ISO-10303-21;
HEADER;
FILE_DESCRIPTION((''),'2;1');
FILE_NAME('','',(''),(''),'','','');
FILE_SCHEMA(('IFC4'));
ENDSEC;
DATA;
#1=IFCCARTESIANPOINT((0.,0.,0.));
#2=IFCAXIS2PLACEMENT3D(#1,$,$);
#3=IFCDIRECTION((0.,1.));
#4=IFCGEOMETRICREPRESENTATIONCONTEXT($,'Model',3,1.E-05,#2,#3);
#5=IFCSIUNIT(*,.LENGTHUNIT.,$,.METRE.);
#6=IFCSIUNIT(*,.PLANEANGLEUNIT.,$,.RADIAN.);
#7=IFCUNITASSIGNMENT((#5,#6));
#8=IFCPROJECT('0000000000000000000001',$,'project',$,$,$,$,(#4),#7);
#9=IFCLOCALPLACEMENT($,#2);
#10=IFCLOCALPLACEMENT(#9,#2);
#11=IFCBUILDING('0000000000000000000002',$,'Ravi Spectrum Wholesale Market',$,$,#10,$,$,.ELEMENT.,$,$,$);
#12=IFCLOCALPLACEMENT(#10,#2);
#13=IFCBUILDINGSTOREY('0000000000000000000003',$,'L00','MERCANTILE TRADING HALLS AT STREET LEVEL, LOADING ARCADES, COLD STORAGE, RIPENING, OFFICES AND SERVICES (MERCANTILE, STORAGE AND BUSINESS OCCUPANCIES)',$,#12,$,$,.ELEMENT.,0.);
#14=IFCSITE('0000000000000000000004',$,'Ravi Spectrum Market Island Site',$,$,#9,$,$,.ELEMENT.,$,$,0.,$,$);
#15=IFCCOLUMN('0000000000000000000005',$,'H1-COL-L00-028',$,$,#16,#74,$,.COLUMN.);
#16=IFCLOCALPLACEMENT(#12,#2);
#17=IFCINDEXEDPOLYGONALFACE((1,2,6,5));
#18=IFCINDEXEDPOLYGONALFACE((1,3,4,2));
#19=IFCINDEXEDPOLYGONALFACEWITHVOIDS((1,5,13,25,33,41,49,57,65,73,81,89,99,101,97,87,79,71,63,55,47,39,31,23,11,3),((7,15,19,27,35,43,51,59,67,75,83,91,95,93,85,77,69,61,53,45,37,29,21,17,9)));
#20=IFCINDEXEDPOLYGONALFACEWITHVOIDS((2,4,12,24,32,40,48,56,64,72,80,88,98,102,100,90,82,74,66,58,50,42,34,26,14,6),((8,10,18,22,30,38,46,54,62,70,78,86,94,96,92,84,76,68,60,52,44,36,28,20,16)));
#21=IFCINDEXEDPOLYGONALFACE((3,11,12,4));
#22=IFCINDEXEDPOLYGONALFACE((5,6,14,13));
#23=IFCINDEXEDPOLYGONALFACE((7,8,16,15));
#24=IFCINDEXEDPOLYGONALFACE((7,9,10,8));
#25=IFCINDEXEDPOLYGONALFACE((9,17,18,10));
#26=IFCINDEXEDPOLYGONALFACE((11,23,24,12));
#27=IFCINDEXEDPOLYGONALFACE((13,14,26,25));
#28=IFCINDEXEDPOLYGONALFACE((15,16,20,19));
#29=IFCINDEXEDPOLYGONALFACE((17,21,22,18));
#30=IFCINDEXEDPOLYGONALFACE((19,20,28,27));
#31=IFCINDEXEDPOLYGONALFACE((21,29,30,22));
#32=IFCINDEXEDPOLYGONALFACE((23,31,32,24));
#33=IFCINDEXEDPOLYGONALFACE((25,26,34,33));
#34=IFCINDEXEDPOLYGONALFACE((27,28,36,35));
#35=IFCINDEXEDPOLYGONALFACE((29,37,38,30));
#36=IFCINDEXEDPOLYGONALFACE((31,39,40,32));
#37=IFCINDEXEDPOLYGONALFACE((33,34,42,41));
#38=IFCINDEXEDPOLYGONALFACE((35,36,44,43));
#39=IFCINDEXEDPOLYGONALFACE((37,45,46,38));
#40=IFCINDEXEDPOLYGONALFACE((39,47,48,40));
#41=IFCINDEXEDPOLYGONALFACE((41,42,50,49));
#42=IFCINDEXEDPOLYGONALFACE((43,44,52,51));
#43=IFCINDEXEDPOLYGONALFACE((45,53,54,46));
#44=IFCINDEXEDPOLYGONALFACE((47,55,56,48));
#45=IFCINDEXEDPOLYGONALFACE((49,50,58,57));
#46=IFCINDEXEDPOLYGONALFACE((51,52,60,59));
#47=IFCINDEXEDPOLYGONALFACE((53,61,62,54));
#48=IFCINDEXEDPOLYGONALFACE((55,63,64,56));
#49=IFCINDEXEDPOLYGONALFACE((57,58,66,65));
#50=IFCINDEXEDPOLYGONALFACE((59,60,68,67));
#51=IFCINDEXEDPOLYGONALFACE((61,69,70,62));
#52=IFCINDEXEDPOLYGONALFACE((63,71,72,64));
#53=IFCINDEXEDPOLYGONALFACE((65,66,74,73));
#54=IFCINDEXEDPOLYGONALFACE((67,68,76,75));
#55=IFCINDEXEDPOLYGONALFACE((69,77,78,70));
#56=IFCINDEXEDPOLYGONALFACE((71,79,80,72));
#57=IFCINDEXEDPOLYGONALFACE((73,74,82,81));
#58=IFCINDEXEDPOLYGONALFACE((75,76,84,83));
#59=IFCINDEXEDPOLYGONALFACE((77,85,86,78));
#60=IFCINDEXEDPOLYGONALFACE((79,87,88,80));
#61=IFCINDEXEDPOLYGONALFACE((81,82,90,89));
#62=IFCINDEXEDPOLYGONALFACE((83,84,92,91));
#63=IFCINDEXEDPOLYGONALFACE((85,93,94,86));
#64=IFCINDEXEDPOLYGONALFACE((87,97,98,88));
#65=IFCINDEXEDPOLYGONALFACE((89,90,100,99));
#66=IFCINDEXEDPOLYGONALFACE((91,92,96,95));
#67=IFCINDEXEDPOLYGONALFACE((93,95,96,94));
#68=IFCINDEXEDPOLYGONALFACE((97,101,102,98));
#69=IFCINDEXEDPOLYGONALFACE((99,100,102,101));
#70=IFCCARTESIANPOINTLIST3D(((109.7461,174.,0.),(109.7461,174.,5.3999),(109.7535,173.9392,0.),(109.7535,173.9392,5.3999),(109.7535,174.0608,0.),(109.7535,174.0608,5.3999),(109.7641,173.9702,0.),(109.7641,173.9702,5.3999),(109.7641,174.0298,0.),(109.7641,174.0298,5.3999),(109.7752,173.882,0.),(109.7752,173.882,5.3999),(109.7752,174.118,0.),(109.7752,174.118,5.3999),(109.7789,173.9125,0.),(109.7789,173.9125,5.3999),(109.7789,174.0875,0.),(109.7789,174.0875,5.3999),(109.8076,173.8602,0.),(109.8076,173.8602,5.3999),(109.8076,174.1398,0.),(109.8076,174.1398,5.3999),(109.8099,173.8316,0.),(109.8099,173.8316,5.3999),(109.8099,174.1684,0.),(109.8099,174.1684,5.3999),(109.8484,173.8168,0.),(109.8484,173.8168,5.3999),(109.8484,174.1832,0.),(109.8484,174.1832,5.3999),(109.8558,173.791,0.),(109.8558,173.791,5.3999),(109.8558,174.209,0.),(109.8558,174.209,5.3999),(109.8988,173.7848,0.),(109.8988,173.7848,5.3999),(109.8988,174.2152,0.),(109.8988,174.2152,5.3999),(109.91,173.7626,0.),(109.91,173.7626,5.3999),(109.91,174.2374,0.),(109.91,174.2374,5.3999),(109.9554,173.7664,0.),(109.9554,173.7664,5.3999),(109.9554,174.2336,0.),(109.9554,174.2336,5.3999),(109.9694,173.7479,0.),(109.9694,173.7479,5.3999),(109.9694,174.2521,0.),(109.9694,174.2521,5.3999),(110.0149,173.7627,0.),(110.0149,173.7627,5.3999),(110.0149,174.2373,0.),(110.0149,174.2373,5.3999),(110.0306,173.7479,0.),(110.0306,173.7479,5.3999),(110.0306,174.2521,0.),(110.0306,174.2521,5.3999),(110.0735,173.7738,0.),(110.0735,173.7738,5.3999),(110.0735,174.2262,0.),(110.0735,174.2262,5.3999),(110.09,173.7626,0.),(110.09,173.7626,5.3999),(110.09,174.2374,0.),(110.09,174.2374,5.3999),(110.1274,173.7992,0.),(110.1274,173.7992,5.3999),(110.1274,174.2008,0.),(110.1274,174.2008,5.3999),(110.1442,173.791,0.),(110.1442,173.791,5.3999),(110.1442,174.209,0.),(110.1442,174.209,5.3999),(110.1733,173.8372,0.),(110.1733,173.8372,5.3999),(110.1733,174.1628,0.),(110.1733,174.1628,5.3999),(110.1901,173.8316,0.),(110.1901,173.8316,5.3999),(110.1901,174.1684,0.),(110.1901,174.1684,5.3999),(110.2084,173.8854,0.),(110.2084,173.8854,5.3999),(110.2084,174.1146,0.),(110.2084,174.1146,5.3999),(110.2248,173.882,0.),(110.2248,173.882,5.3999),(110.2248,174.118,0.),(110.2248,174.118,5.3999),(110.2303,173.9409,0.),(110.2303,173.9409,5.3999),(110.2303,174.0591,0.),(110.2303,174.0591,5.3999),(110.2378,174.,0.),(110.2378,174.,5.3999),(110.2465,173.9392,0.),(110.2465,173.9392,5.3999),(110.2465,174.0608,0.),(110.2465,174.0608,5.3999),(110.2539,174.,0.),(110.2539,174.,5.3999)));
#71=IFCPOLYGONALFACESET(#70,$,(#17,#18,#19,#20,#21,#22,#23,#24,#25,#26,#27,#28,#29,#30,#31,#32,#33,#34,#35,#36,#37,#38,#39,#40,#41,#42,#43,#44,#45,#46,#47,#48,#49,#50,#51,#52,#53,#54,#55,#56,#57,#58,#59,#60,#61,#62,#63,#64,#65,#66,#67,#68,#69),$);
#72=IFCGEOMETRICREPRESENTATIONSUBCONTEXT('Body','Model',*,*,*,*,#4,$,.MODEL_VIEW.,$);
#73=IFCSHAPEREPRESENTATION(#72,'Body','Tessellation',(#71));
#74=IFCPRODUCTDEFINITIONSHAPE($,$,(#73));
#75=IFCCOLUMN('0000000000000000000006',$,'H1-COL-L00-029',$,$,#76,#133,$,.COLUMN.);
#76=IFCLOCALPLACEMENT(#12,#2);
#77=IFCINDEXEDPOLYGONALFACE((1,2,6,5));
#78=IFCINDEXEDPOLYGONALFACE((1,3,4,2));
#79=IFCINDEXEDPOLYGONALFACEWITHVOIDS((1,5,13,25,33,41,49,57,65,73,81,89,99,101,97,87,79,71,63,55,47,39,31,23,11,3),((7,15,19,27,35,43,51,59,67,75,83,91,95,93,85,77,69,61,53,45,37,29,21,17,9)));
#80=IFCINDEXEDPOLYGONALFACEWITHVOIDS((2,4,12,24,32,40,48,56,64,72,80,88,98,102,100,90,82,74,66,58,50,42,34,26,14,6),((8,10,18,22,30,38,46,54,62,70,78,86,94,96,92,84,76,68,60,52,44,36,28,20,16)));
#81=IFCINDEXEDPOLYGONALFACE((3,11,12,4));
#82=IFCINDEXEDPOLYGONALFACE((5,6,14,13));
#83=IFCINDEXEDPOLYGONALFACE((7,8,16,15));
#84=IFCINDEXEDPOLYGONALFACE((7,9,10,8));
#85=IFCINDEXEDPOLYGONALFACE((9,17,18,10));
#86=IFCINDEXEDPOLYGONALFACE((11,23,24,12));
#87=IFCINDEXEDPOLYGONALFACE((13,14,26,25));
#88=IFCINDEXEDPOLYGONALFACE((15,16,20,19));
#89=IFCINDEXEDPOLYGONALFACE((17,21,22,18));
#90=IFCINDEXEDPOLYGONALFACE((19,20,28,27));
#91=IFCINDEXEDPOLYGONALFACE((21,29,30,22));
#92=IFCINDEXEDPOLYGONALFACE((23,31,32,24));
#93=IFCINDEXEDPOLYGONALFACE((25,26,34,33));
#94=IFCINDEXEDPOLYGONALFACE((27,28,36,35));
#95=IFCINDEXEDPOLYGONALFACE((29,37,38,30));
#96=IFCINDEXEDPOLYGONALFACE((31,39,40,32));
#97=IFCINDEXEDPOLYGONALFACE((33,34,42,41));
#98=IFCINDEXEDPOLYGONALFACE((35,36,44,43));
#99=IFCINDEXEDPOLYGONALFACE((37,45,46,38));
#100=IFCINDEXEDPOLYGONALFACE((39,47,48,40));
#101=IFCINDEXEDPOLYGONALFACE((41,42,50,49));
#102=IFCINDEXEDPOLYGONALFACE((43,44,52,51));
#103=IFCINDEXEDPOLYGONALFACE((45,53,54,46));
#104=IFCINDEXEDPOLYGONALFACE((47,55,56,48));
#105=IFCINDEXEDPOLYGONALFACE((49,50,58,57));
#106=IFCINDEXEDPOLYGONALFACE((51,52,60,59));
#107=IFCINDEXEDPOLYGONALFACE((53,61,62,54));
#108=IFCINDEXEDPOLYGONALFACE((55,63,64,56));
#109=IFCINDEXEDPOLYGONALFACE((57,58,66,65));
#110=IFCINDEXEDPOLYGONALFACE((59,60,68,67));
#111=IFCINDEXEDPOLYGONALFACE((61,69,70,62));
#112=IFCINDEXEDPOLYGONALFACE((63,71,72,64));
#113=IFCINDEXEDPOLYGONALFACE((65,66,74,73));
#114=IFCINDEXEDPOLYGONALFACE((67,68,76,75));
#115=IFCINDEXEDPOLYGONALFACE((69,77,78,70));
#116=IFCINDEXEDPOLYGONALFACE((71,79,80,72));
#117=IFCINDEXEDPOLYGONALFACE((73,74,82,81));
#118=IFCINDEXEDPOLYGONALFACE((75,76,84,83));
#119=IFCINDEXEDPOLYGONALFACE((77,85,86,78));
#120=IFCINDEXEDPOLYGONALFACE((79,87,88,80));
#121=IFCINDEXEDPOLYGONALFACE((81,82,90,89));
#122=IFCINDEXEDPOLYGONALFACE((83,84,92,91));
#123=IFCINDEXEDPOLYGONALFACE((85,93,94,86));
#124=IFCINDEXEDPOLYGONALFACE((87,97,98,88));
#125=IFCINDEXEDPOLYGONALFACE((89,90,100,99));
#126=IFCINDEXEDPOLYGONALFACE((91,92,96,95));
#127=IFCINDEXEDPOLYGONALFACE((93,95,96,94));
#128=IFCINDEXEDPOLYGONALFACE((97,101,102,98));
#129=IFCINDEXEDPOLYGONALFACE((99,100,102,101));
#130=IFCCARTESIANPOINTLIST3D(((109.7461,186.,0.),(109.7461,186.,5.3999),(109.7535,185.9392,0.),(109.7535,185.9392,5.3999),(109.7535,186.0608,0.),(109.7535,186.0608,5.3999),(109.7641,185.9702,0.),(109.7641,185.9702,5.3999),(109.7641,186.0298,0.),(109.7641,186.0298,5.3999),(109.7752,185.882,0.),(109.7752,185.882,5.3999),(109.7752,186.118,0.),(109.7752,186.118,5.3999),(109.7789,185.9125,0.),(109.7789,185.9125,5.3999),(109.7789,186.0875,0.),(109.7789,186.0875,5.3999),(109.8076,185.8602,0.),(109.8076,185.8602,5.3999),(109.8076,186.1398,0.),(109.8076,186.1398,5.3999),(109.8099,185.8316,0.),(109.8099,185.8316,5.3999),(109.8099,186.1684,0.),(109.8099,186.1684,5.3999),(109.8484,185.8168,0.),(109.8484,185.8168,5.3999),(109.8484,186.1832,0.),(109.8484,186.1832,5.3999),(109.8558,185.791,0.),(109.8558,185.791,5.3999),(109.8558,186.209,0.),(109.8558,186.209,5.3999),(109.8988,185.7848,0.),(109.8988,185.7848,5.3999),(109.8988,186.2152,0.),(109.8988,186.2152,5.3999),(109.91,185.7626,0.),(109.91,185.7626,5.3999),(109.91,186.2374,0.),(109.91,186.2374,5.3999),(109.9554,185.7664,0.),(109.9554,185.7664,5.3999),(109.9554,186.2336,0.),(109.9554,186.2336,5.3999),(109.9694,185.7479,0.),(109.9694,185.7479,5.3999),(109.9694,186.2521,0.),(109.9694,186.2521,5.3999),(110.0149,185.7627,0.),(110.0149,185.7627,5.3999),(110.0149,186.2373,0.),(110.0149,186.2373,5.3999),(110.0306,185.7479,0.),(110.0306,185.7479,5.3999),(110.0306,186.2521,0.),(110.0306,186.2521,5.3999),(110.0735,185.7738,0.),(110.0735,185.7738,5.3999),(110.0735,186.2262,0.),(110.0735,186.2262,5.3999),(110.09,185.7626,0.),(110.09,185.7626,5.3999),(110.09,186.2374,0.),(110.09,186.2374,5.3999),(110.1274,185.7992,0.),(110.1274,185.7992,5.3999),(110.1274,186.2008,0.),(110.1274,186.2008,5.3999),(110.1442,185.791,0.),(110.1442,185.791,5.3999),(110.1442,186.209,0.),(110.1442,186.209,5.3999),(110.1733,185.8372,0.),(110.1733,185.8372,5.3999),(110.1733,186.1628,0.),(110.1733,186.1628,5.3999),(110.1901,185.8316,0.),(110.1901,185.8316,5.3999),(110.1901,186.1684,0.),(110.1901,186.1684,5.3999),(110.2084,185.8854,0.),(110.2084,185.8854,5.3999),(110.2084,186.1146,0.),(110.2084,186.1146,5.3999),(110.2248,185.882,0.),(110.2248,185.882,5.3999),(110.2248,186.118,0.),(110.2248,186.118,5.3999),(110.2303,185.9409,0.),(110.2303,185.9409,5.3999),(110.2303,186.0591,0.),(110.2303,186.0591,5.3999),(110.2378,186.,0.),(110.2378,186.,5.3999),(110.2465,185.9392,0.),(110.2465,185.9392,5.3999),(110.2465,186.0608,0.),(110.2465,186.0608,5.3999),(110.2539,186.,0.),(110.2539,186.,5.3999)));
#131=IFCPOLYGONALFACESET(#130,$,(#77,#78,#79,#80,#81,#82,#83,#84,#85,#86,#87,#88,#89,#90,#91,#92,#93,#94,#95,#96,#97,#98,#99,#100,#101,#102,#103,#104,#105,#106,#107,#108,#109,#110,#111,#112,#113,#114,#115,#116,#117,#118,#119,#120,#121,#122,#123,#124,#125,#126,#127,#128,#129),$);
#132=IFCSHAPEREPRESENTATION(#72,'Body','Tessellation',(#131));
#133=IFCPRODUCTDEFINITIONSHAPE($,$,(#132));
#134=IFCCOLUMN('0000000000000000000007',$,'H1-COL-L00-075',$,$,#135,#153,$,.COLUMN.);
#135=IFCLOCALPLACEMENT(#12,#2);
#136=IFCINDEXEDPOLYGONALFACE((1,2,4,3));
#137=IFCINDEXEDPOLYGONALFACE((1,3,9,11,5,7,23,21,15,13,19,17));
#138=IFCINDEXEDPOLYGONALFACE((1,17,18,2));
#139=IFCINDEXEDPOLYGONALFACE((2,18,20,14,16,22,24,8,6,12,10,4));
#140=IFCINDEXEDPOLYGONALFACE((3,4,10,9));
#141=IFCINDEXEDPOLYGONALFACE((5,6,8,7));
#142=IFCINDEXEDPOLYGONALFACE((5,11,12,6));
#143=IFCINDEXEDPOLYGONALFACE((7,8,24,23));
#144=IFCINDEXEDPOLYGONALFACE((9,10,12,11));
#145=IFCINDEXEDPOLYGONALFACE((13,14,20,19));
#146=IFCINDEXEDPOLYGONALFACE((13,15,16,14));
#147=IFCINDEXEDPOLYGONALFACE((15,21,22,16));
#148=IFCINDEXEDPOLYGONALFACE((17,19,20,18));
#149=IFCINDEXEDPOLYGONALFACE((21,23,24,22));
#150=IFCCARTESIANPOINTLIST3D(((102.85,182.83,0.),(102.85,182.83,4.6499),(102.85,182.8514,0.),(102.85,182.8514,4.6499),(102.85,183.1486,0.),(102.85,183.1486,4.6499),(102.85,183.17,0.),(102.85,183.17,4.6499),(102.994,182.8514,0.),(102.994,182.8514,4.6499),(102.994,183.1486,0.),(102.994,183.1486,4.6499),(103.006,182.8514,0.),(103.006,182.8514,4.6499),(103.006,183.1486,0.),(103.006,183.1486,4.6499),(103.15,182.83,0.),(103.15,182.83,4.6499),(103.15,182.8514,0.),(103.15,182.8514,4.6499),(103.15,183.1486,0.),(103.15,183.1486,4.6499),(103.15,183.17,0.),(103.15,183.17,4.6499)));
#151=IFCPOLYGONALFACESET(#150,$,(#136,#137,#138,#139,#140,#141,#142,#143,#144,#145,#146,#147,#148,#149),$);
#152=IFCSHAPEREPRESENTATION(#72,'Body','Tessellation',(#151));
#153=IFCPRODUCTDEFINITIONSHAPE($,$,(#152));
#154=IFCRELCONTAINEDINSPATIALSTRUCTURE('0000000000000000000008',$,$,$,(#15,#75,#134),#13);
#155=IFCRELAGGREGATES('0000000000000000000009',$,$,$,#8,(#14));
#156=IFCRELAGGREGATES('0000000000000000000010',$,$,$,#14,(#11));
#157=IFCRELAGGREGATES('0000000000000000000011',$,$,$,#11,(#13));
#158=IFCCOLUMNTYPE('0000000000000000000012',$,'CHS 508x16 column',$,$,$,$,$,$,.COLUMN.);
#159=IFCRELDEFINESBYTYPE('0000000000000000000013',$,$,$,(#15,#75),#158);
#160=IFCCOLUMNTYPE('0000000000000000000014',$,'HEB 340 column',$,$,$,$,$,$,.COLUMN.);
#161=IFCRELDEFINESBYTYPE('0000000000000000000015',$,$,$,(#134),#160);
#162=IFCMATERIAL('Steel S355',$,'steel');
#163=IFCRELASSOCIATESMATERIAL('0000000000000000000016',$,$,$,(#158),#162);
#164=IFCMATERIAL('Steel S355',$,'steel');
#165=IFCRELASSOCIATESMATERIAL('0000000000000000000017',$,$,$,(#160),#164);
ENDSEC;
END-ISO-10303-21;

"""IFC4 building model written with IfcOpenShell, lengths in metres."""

from ifc_helpers import new_model, si_unit, direction, frame, origin, origin_2d, place, context, subcontext, project, spatial, hollow_circle, i_section, extrude, material, material_profile, profile_set, type_object, element, save


model = new_model("IFC4")

# Units and contexts
model_context = context("Model", 3, precision=1e-05, world=origin(), true_north=direction((0.0, 1.0)))
body_context = subcontext(model_context, "Body", "Model", "MODEL_VIEW")
ifc_project = project(units=[si_unit("LENGTHUNIT", "METRE"), si_unit("PLANEANGLEUNIT", "RADIAN")], contexts=[model_context])

# Site, building, storey
site_placement = place(None, origin())
site = spatial("IfcSite", under=ifc_project, at=site_placement, Name="Ravi Spectrum Market Island Site", CompositionType="ELEMENT", RefElevation=0.0)
building_placement = place(site_placement, origin())
building = spatial("IfcBuilding", under=site, at=building_placement, Name="Ravi Spectrum Wholesale Market", CompositionType="ELEMENT")
storey_placement = place(building_placement, origin())
storey = spatial("IfcBuildingStorey", under=building, at=storey_placement, Name="L00", Description="MERCANTILE TRADING HALLS AT STREET LEVEL, LOADING ARCADES, COLD STORAGE, RIPENING, OFFICES AND SERVICES (MERCANTILE, STORAGE AND BUSINESS OCCUPANCIES)", CompositionType="ELEMENT", Elevation=0.0)

# Columns
ifc_material_1 = material(Name="Steel S355", Category="steel")
ifc_material_profile_1 = material_profile(ifc_material_1, hollow_circle(Radius=0.2539, WallThickness=0.0161, at=origin_2d()))
ifc_profile_set_1 = profile_set([ifc_material_profile_1], Name="Steel S355")
column_type_1 = type_object("IfcColumnType", Name="CHS 508x16 column", PredefinedType="COLUMN", material=ifc_profile_set_1)
for number, where, z_axis, x_axis, name in (
    (1, (110.0, 174.0, 0.0), (0.0, 0.0, 1.0), (1.0, 0.0, 0.0), "H1-COL-L00-028"),
    (2, (110.0, 186.0, 0.0), (0.0, 0.0, 1.0), (1.0, 0.0, 0.0), "H1-COL-L00-029"),
):
    element("IfcColumn", number, at=place(storey_placement, frame(where, z_axis=z_axis, x_axis=x_axis)), inside=storey, type_object=column_type_1, Name=name, PredefinedType="COLUMN", context=body_context, shape_type="SweptSolid", body=[
        extrude(hollow_circle(Radius=0.2539, WallThickness=0.0161, at=origin_2d()), origin(), (0.0, 0.0, 1.0), 5.3999),
    ])
ifc_material_2 = material(Name="Steel S355", Category="steel")
ifc_material_profile_2 = material_profile(ifc_material_2, i_section(OverallWidth=0.3, OverallDepth=0.3401, WebThickness=0.012, FlangeThickness=0.0215, at=origin_2d()))
ifc_profile_set_2 = profile_set([ifc_material_profile_2], Name="Steel S355")
column_type_2 = type_object("IfcColumnType", Name="HEB 340 column", PredefinedType="COLUMN", material=ifc_profile_set_2)
column_1_placement = place(storey_placement, frame((103.0, 183.0, 0.0), z_axis=(0.0, 0.0, 1.0), x_axis=(1.0, 0.0, 0.0)))
element("IfcColumn", 3, at=column_1_placement, inside=storey, type_object=column_type_2, Name="H1-COL-L00-075", PredefinedType="COLUMN", context=body_context, shape_type="SweptSolid", body=[
    extrude(i_section(OverallWidth=0.3, OverallDepth=0.3401, WebThickness=0.012, FlangeThickness=0.0215, at=origin_2d()), origin(), (0.0, 0.0, 1.0), 4.6499),
])

save(model, "model.ifc")
